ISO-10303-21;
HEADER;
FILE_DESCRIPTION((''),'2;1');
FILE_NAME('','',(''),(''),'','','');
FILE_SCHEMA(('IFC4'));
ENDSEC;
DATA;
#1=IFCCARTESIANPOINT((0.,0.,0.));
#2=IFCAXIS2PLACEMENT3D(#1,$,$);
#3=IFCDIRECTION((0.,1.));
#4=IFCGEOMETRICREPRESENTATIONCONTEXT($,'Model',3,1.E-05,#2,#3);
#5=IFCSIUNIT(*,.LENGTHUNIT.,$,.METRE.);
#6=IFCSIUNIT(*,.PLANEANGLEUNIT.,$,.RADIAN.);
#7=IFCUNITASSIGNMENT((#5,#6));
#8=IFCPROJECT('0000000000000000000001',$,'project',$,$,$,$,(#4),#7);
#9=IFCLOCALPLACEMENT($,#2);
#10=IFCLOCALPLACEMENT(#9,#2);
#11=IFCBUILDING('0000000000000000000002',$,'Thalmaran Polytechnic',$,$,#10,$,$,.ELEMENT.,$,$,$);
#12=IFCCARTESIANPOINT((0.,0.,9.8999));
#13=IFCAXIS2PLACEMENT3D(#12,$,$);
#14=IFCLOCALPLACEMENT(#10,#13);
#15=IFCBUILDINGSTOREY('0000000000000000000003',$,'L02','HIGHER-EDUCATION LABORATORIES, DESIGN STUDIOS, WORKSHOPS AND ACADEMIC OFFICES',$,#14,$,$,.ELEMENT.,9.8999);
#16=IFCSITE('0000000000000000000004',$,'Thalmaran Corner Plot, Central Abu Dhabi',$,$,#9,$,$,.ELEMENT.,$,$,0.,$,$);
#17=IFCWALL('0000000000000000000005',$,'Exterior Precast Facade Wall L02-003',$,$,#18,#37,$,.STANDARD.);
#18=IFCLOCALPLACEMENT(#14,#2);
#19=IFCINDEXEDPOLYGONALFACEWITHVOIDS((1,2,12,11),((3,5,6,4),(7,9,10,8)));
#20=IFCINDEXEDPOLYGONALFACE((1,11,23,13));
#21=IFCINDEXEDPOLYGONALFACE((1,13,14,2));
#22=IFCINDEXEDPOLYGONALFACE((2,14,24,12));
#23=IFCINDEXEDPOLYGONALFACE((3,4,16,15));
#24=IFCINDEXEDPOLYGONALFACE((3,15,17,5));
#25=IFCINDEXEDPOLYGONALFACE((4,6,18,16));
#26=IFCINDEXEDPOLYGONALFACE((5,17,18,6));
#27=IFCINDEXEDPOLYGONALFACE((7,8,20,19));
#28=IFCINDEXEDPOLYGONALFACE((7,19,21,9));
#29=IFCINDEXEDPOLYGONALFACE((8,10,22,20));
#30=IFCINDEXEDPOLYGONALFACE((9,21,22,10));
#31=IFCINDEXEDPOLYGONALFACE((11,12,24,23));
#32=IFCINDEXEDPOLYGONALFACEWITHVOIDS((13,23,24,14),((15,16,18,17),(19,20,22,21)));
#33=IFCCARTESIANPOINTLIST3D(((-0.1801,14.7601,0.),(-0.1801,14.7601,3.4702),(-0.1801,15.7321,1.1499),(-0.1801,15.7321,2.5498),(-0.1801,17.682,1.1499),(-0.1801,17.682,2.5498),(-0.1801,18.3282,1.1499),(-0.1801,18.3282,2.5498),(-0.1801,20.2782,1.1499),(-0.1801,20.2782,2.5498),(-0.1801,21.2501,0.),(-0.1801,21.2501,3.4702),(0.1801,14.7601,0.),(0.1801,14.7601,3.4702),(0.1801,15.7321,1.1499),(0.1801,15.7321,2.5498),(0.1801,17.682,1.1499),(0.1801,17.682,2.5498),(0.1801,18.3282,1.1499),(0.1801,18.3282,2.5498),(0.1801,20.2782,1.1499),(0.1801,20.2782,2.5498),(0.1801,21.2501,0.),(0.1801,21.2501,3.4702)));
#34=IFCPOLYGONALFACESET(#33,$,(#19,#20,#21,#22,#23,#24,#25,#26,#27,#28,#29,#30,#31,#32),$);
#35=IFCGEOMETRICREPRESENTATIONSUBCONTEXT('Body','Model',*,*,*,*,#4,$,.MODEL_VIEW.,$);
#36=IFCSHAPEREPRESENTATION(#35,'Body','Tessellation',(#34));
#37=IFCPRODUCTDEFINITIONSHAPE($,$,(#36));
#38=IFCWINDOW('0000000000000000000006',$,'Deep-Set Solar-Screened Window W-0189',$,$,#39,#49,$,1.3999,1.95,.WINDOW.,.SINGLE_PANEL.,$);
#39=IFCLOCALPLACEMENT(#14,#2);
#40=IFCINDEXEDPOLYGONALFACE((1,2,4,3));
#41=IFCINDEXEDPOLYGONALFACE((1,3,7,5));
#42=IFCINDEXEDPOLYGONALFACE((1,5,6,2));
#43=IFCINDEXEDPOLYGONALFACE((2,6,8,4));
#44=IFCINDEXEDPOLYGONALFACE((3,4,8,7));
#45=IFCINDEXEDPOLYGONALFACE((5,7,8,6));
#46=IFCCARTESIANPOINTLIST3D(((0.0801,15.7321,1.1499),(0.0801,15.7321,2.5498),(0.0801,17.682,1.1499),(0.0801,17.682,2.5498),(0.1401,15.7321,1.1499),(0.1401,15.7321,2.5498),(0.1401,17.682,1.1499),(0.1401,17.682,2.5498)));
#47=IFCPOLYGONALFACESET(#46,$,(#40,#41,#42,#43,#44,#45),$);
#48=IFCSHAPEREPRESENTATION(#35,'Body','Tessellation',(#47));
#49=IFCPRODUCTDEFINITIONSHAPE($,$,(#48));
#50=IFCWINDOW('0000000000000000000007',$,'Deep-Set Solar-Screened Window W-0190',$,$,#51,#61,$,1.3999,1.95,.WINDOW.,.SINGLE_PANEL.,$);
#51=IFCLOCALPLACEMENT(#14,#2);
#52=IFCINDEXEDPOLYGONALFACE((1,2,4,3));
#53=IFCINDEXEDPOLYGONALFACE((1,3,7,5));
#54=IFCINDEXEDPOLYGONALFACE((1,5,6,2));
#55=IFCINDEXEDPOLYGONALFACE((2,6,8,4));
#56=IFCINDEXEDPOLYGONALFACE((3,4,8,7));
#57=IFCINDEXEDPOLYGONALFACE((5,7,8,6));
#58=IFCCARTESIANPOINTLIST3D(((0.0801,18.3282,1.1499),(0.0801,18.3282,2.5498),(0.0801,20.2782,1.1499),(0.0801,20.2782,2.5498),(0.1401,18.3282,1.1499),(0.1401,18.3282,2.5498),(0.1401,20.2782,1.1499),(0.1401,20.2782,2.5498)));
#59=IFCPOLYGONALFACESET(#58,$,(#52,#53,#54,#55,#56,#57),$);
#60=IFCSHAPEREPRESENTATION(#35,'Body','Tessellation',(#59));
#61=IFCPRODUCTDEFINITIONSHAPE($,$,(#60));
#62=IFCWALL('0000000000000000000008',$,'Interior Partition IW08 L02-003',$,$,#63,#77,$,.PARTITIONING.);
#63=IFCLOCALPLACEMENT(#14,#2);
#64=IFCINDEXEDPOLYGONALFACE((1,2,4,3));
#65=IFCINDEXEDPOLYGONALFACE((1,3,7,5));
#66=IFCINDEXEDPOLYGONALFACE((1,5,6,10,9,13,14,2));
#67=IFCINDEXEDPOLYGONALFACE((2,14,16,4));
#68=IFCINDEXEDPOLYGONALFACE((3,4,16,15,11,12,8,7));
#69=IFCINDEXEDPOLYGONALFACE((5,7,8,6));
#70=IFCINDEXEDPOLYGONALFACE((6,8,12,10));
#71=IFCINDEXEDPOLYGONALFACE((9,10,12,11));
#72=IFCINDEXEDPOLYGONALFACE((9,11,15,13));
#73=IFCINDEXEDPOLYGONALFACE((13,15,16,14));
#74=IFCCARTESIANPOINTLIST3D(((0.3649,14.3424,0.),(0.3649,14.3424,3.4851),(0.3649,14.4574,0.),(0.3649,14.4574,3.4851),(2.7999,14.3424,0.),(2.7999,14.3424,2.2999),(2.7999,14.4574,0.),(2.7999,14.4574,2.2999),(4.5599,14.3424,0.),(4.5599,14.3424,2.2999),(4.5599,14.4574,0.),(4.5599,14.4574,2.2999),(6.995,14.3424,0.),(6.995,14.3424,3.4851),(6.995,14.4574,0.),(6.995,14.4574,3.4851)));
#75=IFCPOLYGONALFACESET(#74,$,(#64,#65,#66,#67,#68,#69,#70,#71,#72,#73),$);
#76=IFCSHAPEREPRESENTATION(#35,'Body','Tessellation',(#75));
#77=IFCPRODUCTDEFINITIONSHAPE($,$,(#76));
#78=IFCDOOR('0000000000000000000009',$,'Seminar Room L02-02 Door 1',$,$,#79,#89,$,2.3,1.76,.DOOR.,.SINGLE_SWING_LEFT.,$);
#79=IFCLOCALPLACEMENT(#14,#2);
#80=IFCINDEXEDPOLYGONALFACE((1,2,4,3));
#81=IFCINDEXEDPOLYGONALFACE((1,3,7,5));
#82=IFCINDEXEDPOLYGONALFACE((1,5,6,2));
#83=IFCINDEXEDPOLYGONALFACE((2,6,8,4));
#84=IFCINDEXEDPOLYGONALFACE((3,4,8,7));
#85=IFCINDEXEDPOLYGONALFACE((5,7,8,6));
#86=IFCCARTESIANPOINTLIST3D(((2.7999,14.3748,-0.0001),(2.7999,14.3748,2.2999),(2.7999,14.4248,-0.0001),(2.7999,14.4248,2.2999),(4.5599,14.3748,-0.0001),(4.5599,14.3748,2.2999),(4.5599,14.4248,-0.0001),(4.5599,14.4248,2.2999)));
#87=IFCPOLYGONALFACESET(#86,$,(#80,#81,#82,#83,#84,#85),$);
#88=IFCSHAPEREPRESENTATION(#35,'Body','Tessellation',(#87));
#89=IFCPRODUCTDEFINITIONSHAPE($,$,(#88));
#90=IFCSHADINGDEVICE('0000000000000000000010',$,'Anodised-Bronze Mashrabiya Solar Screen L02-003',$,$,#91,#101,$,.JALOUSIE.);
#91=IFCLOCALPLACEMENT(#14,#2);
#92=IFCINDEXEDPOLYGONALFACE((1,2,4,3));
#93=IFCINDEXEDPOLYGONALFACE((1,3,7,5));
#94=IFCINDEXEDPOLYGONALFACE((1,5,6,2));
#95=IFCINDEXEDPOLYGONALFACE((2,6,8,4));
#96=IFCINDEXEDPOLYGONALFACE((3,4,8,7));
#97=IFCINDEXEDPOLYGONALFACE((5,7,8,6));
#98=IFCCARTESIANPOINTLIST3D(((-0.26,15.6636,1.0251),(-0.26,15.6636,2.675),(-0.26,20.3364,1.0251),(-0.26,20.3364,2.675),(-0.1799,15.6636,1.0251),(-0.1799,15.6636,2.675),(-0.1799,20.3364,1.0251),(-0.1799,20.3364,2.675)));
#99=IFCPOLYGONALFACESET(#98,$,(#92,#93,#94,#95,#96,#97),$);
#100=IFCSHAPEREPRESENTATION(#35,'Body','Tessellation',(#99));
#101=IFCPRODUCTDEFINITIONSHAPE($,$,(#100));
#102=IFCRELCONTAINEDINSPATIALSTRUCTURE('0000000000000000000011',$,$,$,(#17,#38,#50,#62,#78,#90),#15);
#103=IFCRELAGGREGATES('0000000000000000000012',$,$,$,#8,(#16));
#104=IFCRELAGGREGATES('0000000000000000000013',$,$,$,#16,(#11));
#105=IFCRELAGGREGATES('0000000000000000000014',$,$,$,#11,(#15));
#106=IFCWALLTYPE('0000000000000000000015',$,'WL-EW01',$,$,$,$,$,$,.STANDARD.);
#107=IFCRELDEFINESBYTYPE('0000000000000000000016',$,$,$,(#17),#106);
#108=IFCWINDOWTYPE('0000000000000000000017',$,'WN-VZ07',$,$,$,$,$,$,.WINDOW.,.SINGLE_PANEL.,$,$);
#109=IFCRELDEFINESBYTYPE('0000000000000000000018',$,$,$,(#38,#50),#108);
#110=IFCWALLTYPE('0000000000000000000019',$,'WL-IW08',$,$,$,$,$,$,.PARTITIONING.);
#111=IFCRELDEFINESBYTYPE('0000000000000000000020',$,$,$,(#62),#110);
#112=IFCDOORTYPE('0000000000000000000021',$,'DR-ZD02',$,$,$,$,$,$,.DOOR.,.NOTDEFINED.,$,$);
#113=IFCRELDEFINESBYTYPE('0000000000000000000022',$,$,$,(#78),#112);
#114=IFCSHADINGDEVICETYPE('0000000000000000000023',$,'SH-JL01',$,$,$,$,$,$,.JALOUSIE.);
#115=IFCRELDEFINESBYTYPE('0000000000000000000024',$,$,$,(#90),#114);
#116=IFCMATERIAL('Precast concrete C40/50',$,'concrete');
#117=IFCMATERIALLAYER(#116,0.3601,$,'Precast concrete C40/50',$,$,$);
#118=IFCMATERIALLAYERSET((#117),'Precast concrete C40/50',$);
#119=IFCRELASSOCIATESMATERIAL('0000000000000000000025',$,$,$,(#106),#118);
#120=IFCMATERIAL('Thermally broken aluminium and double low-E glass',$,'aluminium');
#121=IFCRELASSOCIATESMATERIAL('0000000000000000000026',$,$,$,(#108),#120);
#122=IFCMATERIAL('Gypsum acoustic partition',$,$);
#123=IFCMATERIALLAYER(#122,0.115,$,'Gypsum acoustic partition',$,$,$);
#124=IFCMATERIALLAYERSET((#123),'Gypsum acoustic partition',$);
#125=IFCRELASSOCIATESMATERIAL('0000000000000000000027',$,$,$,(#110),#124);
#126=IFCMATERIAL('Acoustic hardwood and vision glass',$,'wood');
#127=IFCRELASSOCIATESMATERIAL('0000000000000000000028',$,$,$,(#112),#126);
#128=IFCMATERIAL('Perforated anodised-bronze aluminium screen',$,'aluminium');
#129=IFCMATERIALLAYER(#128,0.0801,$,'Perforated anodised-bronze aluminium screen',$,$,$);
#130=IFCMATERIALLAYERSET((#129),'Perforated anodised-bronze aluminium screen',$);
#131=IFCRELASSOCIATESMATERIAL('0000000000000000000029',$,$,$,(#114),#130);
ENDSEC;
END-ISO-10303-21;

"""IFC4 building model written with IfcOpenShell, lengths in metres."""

from ifc_helpers import new_model, si_unit, direction, frame, frame_2d, origin, origin_2d, place, context, subcontext, project, spatial, rectangle, extrude, material, layer, layer_set, type_object, element, fill, save


model = new_model("IFC4")

# Units and contexts
model_context = context("Model", 3, precision=1e-05, world=origin(), true_north=direction((0.0, 1.0)))
body_context = subcontext(model_context, "Body", "Model", "MODEL_VIEW")
ifc_project = project(units=[si_unit("LENGTHUNIT", "METRE"), si_unit("PLANEANGLEUNIT", "RADIAN")], contexts=[model_context])

# Site, building, storey
site_placement = place(None, origin())
site = spatial("IfcSite", under=ifc_project, at=site_placement, Name="Thalmaran Corner Plot, Central Abu Dhabi", CompositionType="ELEMENT", RefElevation=0.0)
building_placement = place(site_placement, origin())
building = spatial("IfcBuilding", under=site, at=building_placement, Name="Thalmaran Polytechnic", CompositionType="ELEMENT")
storey_placement = place(building_placement, frame((0.0, 0.0, 9.8999)))
storey = spatial("IfcBuildingStorey", under=building, at=storey_placement, Name="L02", Description="HIGHER-EDUCATION LABORATORIES, DESIGN STUDIOS, WORKSHOPS AND ACADEMIC OFFICES", CompositionType="ELEMENT", Elevation=9.8999)

# Wall, openings, windows
ifc_material_1 = material(Name="Precast concrete C40/50", Category="concrete")
ifc_layer_1 = layer(ifc_material_1, 0.3601, Name="Precast concrete C40/50")
ifc_layer_set_1 = layer_set([ifc_layer_1], Name="Precast concrete C40/50")
wall_type_1 = type_object("IfcWallType", Name="WL-EW01", PredefinedType="STANDARD", material=ifc_layer_set_1)
wall_1_placement = place(storey_placement, frame((0.0, 14.76, 0.0), z_axis=(0.0, 0.0, 1.0), x_axis=(0.0, 1.0, 0.0)))
wall_1 = element("IfcWall", 1, at=wall_1_placement, inside=storey, type_object=wall_type_1, Name="Exterior Precast Facade Wall L02-003", PredefinedType="STANDARD", context=body_context, shape_type="SweptSolid", body=[
    extrude(rectangle(XDim=6.49, YDim=0.3601, at=frame_2d((3.2451, 0.0))), origin(), (0.0, 0.0, 1.0), 3.4702),
])
opening_1_placement = place(wall_1_placement, frame((0.9719, 0.0, 1.1499)))
opening_1 = element("IfcOpeningElement", 2, at=opening_1_placement, cuts=wall_1, PredefinedType="OPENING", context=body_context, shape_type="SweptSolid", body=[
    extrude(rectangle(XDim=1.95, YDim=1.3999, at=frame_2d((0.9751, 0.7))), frame((0.0, 0.1899, 0.0), z_axis=(0.0, -1.0, 0.0), x_axis=(1.0, 0.0, 0.0)), (0.0, 0.0, 1.0), 0.3801),
])
opening_2_placement = place(wall_1_placement, frame((3.5681, 0.0, 1.1499)))
opening_2 = element("IfcOpeningElement", 3, at=opening_2_placement, cuts=wall_1, PredefinedType="OPENING", context=body_context, shape_type="SweptSolid", body=[
    extrude(rectangle(XDim=1.95, YDim=1.3999, at=frame_2d((0.9751, 0.7))), frame((0.0, 0.1899, 0.0), z_axis=(0.0, -1.0, 0.0), x_axis=(1.0, 0.0, 0.0)), (0.0, 0.0, 1.0), 0.3801),
])
ifc_material_2 = material(Name="Thermally broken aluminium and double low-E glass", Category="aluminium")
window_type = type_object("IfcWindowType", Name="WN-VZ07", PartitioningType="SINGLE_PANEL", PredefinedType="WINDOW", material=ifc_material_2)
window_1_placement = place(opening_1_placement, origin())
window_1 = element("IfcWindow", 4, at=window_1_placement, inside=storey, type_object=window_type, Name="Deep-Set Solar-Screened Window W-0189", OverallHeight=1.3999, OverallWidth=1.95, PartitioningType="SINGLE_PANEL", PredefinedType="WINDOW", context=body_context, shape_type="SweptSolid", body=[
    extrude(rectangle(XDim=1.95, YDim=1.3999, at=frame_2d((0.9751, 0.7))), frame((0.0, -0.0801, 0.0), z_axis=(0.0, -1.0, 0.0), x_axis=(1.0, 0.0, 0.0)), (0.0, 0.0, 1.0), 0.0601),
])
fill(opening_1, window_1)
window_2_placement = place(opening_2_placement, origin())
window_2 = element("IfcWindow", 5, at=window_2_placement, inside=storey, type_object=window_type, Name="Deep-Set Solar-Screened Window W-0190", OverallHeight=1.3999, OverallWidth=1.95, PartitioningType="SINGLE_PANEL", PredefinedType="WINDOW", context=body_context, shape_type="SweptSolid", body=[
    extrude(rectangle(XDim=1.95, YDim=1.3999, at=frame_2d((0.9751, 0.7))), frame((0.0, -0.0801, 0.0), z_axis=(0.0, -1.0, 0.0), x_axis=(1.0, 0.0, 0.0)), (0.0, 0.0, 1.0), 0.0601),
])
fill(opening_2, window_2)

# Wall, opening, door
ifc_material_3 = material(Name="Gypsum acoustic partition")
ifc_layer_2 = layer(ifc_material_3, 0.115, Name="Gypsum acoustic partition")
ifc_layer_set_2 = layer_set([ifc_layer_2], Name="Gypsum acoustic partition")
wall_type_2 = type_object("IfcWallType", Name="WL-IW08", PredefinedType="PARTITIONING", material=ifc_layer_set_2)
wall_2_placement = place(storey_placement, frame((0.365, 14.3999, 0.0), z_axis=(0.0, 0.0, 1.0), x_axis=(1.0, 0.0, 0.0)))
wall_2 = element("IfcWall", 6, at=wall_2_placement, inside=storey, type_object=wall_type_2, Name="Interior Partition IW08 L02-003", PredefinedType="PARTITIONING", context=body_context, shape_type="SweptSolid", body=[
    extrude(rectangle(XDim=6.6301, YDim=0.115, at=frame_2d((3.3149, 0.0))), origin(), (0.0, 0.0, 1.0), 3.4851),
])
opening_3_placement = place(wall_2_placement, frame((2.4351, 0.0, 0.0)))
opening_3 = element("IfcOpeningElement", 7, at=opening_3_placement, cuts=wall_2, PredefinedType="OPENING", context=body_context, shape_type="SweptSolid", body=[
    extrude(rectangle(XDim=1.76, YDim=2.3, at=frame_2d((0.8799, 1.1499))), frame((0.0, 0.0674, 0.0), z_axis=(0.0, -1.0, 0.0), x_axis=(1.0, 0.0, 0.0)), (0.0, 0.0, 1.0), 0.135),
])
ifc_material_4 = material(Name="Acoustic hardwood and vision glass", Category="wood")
door_type = type_object("IfcDoorType", Name="DR-ZD02", OperationType="NOTDEFINED", PredefinedType="DOOR", material=ifc_material_4)
door_placement = place(opening_3_placement, origin())
door = element("IfcDoor", 8, at=door_placement, inside=storey, type_object=door_type, Name="Seminar Room L02-02 Door 1", OperationType="SINGLE_SWING_LEFT", OverallHeight=2.3, OverallWidth=1.76, PredefinedType="DOOR", context=body_context, shape_type="SweptSolid", body=[
    extrude(rectangle(XDim=1.76, YDim=2.3, at=frame_2d((0.8799, 1.1499))), frame((0.0, 0.0249, 0.0), z_axis=(0.0, -1.0, 0.0), x_axis=(1.0, 0.0, 0.0)), (0.0, 0.0, 1.0), 0.05),
])
fill(opening_3, door)

# Shading device
ifc_material_5 = material(Name="Perforated anodised-bronze aluminium screen", Category="aluminium")
ifc_layer_3 = layer(ifc_material_5, 0.0801, Name="Perforated anodised-bronze aluminium screen")
ifc_layer_set_3 = layer_set([ifc_layer_3], Name="Perforated anodised-bronze aluminium screen")
shading_device_type = type_object("IfcShadingDeviceType", Name="SH-JL01", PredefinedType="JALOUSIE", material=ifc_layer_set_3)
shading_device_placement = place(storey_placement, frame((-0.22, 18.0, 1.0251), z_axis=(0.0, 0.0, 1.0), x_axis=(0.0, 1.0, 0.0)))
element("IfcShadingDevice", 9, at=shading_device_placement, inside=storey, type_object=shading_device_type, Name="Anodised-Bronze Mashrabiya Solar Screen L02-003", PredefinedType="JALOUSIE", context=body_context, shape_type="SweptSolid", body=[
    extrude(rectangle(XDim=4.6729, YDim=0.0801, at=origin_2d()), origin(), (0.0, 0.0, 1.0), 1.6499),
])

save(model, "model.ifc")
